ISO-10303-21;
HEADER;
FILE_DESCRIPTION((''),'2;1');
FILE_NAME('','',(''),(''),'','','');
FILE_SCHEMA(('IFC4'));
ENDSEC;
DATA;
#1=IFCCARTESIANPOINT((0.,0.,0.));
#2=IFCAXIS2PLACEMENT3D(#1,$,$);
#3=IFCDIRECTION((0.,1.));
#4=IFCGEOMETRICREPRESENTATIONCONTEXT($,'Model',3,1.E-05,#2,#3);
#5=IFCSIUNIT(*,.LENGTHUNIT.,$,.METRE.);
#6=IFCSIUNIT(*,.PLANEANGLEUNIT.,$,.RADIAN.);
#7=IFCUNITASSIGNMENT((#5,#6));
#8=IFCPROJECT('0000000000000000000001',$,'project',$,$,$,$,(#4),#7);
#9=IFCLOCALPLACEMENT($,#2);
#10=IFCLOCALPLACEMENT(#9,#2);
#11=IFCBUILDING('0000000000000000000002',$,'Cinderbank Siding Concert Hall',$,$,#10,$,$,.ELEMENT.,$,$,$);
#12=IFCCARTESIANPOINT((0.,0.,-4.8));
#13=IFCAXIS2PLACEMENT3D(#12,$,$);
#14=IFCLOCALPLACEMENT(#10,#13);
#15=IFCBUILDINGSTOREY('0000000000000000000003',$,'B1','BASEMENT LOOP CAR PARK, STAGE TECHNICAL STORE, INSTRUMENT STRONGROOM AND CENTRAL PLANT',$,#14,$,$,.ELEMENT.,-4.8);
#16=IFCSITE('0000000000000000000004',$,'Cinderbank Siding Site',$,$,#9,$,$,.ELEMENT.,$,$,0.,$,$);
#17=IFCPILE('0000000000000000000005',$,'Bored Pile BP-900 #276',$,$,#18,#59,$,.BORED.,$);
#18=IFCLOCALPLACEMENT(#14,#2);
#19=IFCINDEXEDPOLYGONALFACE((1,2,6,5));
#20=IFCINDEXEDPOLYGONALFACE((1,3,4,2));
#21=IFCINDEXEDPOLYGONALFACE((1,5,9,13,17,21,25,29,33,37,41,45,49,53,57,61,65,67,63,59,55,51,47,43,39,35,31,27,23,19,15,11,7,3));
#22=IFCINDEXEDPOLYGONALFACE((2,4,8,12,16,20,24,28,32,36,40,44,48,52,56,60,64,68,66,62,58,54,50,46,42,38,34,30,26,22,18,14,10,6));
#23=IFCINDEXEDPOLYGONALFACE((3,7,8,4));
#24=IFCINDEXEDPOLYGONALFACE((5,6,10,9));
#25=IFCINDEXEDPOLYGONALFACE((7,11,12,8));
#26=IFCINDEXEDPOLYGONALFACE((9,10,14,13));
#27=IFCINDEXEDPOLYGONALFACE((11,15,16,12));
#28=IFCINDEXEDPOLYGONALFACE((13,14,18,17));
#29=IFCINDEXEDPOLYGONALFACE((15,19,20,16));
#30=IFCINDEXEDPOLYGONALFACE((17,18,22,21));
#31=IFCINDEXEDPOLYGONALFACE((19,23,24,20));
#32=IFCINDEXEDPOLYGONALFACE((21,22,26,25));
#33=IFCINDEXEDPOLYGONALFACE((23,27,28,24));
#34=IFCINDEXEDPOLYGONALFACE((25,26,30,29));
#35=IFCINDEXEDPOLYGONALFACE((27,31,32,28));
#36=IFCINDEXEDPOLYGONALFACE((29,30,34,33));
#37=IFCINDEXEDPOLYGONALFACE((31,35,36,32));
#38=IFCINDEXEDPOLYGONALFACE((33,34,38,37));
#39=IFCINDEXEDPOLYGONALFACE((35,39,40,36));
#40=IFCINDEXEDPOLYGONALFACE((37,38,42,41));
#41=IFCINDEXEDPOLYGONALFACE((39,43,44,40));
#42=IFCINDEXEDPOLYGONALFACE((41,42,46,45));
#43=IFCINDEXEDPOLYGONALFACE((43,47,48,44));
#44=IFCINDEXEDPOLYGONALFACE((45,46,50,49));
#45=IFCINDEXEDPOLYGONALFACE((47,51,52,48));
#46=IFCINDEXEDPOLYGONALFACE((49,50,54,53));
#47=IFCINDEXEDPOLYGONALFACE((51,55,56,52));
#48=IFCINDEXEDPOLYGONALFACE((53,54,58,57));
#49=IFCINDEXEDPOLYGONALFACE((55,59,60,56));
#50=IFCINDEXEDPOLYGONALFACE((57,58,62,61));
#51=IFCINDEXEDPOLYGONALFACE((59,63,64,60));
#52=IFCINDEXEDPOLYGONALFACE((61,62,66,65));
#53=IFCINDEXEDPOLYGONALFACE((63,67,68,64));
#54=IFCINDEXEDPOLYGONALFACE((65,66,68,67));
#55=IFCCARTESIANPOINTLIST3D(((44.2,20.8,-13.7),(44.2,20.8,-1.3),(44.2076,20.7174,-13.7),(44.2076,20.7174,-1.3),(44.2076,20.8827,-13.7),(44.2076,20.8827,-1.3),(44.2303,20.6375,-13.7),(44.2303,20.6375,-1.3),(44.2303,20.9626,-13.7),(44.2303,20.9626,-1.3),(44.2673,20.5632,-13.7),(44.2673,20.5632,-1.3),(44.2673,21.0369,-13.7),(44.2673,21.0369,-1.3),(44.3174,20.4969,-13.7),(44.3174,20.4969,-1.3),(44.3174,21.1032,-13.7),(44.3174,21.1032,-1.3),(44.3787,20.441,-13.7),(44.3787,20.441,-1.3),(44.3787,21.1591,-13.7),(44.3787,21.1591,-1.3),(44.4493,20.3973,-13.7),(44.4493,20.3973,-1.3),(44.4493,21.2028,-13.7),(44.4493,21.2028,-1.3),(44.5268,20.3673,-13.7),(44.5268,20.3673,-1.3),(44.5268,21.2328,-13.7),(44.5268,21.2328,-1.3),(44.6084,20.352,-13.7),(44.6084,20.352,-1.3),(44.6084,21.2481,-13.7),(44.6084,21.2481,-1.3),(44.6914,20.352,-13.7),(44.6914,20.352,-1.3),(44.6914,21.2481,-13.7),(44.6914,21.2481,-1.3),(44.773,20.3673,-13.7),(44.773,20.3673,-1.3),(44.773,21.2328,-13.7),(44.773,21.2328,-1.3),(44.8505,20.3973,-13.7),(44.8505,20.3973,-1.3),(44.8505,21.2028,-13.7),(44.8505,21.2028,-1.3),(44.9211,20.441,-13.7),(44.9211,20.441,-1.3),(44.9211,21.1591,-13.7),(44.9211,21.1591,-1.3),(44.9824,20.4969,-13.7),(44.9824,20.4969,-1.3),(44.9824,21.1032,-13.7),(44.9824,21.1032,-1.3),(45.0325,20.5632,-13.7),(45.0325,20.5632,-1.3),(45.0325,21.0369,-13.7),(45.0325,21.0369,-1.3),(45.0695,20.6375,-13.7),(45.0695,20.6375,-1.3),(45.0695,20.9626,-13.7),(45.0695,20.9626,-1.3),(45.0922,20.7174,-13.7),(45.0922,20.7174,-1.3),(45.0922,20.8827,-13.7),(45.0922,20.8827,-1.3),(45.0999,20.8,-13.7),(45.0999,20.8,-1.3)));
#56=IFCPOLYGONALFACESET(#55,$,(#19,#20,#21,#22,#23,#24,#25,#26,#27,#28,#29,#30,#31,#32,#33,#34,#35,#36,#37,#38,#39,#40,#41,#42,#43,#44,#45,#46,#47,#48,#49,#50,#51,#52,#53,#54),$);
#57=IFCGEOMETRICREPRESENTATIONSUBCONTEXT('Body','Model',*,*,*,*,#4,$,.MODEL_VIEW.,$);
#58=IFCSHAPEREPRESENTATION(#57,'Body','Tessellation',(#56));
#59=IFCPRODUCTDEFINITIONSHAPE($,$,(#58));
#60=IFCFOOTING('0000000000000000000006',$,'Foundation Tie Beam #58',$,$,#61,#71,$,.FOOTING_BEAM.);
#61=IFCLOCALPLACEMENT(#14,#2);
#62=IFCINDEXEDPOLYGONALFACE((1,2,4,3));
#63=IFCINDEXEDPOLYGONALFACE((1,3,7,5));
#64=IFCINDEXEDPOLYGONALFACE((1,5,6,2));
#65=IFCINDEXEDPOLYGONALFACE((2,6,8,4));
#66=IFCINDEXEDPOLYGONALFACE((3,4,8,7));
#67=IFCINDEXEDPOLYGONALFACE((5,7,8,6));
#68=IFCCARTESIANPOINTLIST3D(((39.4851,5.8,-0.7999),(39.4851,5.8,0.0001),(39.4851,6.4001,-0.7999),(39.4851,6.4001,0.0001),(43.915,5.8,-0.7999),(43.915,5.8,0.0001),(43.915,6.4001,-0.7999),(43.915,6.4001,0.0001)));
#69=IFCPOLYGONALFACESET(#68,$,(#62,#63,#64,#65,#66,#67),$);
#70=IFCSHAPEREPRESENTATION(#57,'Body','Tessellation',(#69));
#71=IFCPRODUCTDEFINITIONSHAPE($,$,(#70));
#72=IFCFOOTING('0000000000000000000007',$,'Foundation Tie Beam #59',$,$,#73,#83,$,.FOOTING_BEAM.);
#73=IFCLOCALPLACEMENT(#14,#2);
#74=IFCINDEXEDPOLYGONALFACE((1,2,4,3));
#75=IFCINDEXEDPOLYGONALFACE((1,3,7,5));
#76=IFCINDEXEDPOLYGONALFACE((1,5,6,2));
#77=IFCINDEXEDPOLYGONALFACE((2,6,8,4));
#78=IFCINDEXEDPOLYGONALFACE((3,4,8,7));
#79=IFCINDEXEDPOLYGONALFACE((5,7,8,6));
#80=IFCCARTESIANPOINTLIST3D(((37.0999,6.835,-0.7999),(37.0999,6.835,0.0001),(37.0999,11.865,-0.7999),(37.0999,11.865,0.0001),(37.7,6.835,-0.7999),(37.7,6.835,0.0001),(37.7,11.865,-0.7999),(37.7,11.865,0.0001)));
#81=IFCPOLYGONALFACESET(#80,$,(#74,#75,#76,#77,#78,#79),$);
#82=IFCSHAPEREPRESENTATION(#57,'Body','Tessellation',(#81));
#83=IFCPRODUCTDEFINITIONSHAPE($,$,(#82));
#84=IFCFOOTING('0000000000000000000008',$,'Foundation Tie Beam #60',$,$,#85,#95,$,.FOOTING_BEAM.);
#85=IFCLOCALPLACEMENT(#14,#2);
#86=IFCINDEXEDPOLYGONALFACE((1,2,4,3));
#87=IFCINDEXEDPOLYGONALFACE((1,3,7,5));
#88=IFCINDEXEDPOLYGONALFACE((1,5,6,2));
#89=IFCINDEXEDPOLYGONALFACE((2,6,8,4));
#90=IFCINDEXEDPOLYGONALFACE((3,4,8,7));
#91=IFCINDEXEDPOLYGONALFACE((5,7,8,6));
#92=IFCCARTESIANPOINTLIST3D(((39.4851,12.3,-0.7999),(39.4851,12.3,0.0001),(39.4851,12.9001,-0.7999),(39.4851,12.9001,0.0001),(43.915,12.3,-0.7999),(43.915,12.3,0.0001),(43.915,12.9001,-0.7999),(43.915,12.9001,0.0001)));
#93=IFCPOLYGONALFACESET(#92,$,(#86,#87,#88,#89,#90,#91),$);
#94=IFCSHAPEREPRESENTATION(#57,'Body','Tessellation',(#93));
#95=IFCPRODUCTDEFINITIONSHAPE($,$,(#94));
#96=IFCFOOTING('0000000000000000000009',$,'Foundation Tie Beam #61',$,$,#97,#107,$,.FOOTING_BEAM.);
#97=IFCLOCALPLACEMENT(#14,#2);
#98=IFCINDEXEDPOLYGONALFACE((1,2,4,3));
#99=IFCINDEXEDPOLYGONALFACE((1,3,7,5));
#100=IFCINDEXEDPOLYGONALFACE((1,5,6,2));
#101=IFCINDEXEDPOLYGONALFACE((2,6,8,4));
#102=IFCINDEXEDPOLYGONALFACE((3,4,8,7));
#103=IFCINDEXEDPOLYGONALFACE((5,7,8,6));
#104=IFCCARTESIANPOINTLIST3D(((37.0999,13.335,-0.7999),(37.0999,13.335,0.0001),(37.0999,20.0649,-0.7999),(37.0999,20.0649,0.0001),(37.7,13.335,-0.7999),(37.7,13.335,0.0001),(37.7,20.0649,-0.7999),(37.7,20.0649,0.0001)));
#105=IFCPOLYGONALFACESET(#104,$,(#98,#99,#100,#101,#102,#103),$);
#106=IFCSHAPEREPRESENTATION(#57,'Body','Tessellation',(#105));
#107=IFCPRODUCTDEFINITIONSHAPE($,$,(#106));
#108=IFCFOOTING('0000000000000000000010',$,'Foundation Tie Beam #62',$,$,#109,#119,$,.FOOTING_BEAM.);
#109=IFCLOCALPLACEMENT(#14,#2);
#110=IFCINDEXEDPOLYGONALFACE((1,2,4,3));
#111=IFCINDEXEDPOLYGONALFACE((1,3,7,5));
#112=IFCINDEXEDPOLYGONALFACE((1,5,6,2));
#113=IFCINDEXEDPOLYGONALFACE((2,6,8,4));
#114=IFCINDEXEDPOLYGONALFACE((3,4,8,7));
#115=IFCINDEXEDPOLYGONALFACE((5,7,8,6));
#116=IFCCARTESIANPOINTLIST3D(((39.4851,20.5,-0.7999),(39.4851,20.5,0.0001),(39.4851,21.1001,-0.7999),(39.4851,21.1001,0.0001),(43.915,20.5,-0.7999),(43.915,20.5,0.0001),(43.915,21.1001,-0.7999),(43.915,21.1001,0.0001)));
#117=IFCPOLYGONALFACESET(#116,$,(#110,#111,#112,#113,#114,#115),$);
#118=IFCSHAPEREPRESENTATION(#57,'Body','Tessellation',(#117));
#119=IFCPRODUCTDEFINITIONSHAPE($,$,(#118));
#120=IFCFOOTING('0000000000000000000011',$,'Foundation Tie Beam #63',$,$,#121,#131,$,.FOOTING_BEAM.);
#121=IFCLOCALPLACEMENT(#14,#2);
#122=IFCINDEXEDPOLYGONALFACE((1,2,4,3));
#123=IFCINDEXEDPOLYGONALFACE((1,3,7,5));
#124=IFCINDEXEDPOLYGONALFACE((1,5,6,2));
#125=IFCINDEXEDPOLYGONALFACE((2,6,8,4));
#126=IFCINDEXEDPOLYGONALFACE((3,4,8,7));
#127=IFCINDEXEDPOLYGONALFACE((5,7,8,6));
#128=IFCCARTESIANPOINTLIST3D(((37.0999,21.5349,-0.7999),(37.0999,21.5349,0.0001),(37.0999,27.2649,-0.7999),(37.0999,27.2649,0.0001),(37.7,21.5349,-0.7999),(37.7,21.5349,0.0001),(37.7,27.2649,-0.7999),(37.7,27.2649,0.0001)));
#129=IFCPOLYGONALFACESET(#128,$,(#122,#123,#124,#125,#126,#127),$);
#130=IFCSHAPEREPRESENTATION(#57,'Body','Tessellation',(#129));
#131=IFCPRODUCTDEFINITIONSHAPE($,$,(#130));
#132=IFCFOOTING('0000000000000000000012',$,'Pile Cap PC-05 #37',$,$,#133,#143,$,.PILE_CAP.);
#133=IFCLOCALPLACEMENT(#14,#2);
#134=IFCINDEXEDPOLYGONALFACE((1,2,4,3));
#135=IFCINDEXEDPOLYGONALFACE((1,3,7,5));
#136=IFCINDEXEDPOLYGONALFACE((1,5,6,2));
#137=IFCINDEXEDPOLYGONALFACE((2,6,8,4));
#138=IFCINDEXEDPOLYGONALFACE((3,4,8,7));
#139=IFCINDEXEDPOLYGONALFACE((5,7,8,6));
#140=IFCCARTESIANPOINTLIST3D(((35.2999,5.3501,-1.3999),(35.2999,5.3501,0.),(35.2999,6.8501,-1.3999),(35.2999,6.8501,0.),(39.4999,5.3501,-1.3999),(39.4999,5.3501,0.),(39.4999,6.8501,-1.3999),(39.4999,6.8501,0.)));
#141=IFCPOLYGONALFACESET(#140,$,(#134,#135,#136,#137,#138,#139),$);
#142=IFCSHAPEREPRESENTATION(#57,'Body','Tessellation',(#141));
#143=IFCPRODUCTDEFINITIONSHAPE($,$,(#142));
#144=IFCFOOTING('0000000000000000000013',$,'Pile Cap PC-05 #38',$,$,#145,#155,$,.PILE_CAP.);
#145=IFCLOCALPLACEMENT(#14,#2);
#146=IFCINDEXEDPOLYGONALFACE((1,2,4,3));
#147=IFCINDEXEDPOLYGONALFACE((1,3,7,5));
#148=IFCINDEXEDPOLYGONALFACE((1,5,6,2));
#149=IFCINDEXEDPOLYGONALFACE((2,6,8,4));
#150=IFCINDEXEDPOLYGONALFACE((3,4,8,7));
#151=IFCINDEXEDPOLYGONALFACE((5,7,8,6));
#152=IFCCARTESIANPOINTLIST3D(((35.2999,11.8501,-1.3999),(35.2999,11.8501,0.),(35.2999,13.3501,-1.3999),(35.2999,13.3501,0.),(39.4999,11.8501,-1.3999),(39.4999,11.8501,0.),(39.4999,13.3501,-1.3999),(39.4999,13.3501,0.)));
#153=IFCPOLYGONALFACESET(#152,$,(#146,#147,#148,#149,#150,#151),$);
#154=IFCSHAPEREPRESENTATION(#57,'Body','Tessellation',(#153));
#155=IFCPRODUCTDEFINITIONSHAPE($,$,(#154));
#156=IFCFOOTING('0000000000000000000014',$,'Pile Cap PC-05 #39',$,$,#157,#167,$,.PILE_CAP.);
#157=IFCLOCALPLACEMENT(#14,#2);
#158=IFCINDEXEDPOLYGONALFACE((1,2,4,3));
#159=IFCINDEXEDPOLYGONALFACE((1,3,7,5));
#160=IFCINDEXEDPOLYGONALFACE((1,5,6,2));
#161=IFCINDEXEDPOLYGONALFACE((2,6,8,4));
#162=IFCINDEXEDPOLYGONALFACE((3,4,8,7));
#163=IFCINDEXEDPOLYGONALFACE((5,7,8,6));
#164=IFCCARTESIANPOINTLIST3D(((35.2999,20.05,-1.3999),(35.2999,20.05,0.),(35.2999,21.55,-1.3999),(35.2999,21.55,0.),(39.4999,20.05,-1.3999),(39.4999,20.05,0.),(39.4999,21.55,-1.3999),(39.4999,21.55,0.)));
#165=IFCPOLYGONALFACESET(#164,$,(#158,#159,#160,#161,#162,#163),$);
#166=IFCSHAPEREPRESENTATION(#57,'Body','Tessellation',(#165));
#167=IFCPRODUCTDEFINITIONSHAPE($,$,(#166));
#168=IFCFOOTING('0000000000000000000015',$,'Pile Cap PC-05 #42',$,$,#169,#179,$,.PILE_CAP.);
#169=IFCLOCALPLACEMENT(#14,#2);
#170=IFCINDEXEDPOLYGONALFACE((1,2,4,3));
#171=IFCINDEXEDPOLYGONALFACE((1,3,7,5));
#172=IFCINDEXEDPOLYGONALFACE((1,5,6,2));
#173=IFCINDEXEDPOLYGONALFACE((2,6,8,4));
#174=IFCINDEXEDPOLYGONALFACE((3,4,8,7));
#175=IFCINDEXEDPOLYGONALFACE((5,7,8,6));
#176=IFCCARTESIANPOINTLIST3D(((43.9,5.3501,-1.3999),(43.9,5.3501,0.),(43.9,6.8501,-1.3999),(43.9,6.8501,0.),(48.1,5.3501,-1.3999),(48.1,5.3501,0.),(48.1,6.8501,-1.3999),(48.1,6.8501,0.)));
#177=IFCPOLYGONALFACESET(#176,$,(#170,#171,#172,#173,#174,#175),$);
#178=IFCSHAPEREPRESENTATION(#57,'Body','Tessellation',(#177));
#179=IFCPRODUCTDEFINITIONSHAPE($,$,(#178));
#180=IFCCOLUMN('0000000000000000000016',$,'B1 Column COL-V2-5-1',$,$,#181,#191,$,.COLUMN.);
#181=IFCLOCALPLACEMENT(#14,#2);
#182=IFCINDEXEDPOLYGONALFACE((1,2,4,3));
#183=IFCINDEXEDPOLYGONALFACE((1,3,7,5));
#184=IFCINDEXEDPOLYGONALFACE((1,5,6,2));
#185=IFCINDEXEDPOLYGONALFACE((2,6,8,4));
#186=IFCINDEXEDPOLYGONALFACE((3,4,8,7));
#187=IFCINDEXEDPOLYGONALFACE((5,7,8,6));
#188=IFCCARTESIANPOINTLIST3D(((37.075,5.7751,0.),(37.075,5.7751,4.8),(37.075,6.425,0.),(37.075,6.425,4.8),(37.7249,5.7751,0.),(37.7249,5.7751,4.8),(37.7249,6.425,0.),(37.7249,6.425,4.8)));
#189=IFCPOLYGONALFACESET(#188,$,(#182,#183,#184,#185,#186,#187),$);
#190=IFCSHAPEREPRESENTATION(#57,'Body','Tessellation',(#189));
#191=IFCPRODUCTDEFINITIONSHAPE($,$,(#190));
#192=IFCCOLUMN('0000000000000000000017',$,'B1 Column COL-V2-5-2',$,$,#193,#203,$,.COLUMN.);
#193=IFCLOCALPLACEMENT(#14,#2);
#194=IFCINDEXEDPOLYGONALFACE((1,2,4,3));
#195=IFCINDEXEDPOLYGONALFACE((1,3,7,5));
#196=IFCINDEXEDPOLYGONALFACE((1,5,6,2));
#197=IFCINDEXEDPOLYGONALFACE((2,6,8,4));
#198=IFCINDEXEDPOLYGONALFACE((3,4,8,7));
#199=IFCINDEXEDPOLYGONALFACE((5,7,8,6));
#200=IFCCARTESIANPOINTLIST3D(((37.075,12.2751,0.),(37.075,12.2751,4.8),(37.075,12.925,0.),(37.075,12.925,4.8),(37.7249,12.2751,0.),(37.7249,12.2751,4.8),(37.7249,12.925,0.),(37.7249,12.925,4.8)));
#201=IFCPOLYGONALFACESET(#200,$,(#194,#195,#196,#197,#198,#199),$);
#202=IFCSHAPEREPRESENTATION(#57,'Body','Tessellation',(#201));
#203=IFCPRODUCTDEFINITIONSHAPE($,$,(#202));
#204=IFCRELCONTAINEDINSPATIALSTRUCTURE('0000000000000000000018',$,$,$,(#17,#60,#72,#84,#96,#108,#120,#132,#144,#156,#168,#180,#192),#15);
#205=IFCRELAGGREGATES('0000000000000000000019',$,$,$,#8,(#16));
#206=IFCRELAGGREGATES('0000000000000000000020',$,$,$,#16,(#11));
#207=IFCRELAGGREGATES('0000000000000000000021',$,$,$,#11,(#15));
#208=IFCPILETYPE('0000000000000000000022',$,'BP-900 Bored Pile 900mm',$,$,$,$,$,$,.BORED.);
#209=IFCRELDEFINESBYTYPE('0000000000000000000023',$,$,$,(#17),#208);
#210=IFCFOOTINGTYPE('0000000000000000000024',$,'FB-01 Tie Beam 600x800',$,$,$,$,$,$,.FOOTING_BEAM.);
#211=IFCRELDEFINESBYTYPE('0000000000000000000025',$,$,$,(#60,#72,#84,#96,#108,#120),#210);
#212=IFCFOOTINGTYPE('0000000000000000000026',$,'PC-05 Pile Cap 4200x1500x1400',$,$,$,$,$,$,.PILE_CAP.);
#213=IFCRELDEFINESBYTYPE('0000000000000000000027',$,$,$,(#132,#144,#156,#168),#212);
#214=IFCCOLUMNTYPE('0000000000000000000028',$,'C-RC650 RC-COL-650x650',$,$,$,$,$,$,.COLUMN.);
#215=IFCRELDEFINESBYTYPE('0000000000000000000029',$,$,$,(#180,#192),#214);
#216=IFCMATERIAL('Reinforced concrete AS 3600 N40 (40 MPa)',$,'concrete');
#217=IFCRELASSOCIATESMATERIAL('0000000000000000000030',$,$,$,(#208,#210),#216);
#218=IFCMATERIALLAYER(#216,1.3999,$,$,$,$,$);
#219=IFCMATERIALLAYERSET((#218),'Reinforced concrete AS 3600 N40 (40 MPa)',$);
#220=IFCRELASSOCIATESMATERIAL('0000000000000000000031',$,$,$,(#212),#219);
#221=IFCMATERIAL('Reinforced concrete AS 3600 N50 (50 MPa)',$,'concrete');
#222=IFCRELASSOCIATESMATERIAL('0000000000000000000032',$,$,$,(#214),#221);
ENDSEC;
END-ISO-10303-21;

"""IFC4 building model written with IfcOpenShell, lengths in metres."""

from ifc_helpers import new_model, si_unit, direction, frame, origin, origin_2d, place, context, subcontext, project, spatial, rectangle, circle, extrude, material, layer, layer_set, material_profile, profile_set, type_object, element, save


model = new_model("IFC4")

# Units and contexts
model_context = context("Model", 3, precision=1e-05, world=origin(), true_north=direction((0.0, 1.0)))
body_context = subcontext(model_context, "Body", "Model", "MODEL_VIEW")
ifc_project = project(units=[si_unit("LENGTHUNIT", "METRE"), si_unit("PLANEANGLEUNIT", "RADIAN")], contexts=[model_context])

# Site, building, storey
site_placement = place(None, origin())
site = spatial("IfcSite", under=ifc_project, at=site_placement, Name="Cinderbank Siding Site", CompositionType="ELEMENT", RefElevation=0.0)
building_placement = place(site_placement, origin())
building = spatial("IfcBuilding", under=site, at=building_placement, Name="Cinderbank Siding Concert Hall", CompositionType="ELEMENT")
storey_placement = place(building_placement, frame((0.0, 0.0, -4.8)))
storey = spatial("IfcBuildingStorey", under=building, at=storey_placement, Name="B1", Description="BASEMENT LOOP CAR PARK, STAGE TECHNICAL STORE, INSTRUMENT STRONGROOM AND CENTRAL PLANT", CompositionType="ELEMENT", Elevation=-4.8)

# Pile
ifc_material_1 = material(Name="Reinforced concrete AS 3600 N40 (40 MPa)", Category="concrete")
ifc_material_profile_1 = material_profile(ifc_material_1, circle(Radius=0.45, at=origin_2d()), Name="PILE-900DIA", Category="LoadBearing")
ifc_profile_set_1 = profile_set([ifc_material_profile_1], Name="Reinforced concrete AS 3600 N40 (40 MPa)")
pile_type = type_object("IfcPileType", Name="BP-900 Bored Pile 900mm", PredefinedType="BORED", material=ifc_profile_set_1)
for number, where, z_axis, x_axis, name in (
    (1, (44.6499, 20.8, -1.3), (0.0, 0.0, -1.0), (1.0, 0.0, 0.0), "Bored Pile BP-900 #276"),
):
    element("IfcPile", number, at=place(storey_placement, frame(where, z_axis=z_axis, x_axis=x_axis)), inside=storey, type_object=pile_type, Name=name, PredefinedType="BORED", context=body_context, shape_type="SweptSolid", body=[
        extrude(circle(Radius=0.45, at=origin_2d()), origin(), (0.0, 0.0, 1.0), 12.3999),
    ])

# Footings
ifc_material_profile_2 = material_profile(ifc_material_1, rectangle(XDim=0.6001, YDim=0.8, at=origin_2d()), Name="RC-FB-600x800", Category="LoadBearing")
ifc_profile_set_2 = profile_set([ifc_material_profile_2], Name="Reinforced concrete AS 3600 N40 (40 MPa)")
footing_type_1 = type_object("IfcFootingType", Name="FB-01 Tie Beam 600x800", PredefinedType="FOOTING_BEAM", material=ifc_profile_set_2)
footing_1_placement = place(storey_placement, frame((39.4851, 6.1001, -0.3999), z_axis=(1.0, 0.0, 0.0), x_axis=(0.0, 1.0, 0.0)))
element("IfcFooting", 2, at=footing_1_placement, inside=storey, type_object=footing_type_1, Name="Foundation Tie Beam #58", PredefinedType="FOOTING_BEAM", context=body_context, shape_type="SweptSolid", body=[
    extrude(rectangle(XDim=0.6001, YDim=0.8, at=origin_2d()), origin(), (0.0, 0.0, 1.0), 4.4299),
])
footing_2_placement = place(storey_placement, frame((37.3999, 6.835, -0.3999), z_axis=(0.0, 1.0, 0.0), x_axis=(-1.0, 0.0, 0.0)))
element("IfcFooting", 3, at=footing_2_placement, inside=storey, type_object=footing_type_1, Name="Foundation Tie Beam #59", PredefinedType="FOOTING_BEAM", context=body_context, shape_type="SweptSolid", body=[
    extrude(rectangle(XDim=0.6001, YDim=0.8, at=origin_2d()), origin(), (0.0, 0.0, 1.0), 5.03),
])
footing_3_placement = place(storey_placement, frame((39.4851, 12.6001, -0.3999), z_axis=(1.0, 0.0, 0.0), x_axis=(0.0, 1.0, 0.0)))
element("IfcFooting", 4, at=footing_3_placement, inside=storey, type_object=footing_type_1, Name="Foundation Tie Beam #60", PredefinedType="FOOTING_BEAM", context=body_context, shape_type="SweptSolid", body=[
    extrude(rectangle(XDim=0.6001, YDim=0.8, at=origin_2d()), origin(), (0.0, 0.0, 1.0), 4.4299),
])
footing_4_placement = place(storey_placement, frame((37.3999, 13.335, -0.3999), z_axis=(0.0, 1.0, 0.0), x_axis=(-1.0, 0.0, 0.0)))
element("IfcFooting", 5, at=footing_4_placement, inside=storey, type_object=footing_type_1, Name="Foundation Tie Beam #61", PredefinedType="FOOTING_BEAM", context=body_context, shape_type="SweptSolid", body=[
    extrude(rectangle(XDim=0.6001, YDim=0.8, at=origin_2d()), origin(), (0.0, 0.0, 1.0), 6.73),
])
footing_5_placement = place(storey_placement, frame((39.4851, 20.8, -0.3999), z_axis=(1.0, 0.0, 0.0), x_axis=(0.0, 1.0, 0.0)))
element("IfcFooting", 6, at=footing_5_placement, inside=storey, type_object=footing_type_1, Name="Foundation Tie Beam #62", PredefinedType="FOOTING_BEAM", context=body_context, shape_type="SweptSolid", body=[
    extrude(rectangle(XDim=0.6001, YDim=0.8, at=origin_2d()), origin(), (0.0, 0.0, 1.0), 4.4299),
])
footing_6_placement = place(storey_placement, frame((37.3999, 21.5349, -0.3999), z_axis=(0.0, 1.0, 0.0), x_axis=(-1.0, 0.0, 0.0)))
element("IfcFooting", 7, at=footing_6_placement, inside=storey, type_object=footing_type_1, Name="Foundation Tie Beam #63", PredefinedType="FOOTING_BEAM", context=body_context, shape_type="SweptSolid", body=[
    extrude(rectangle(XDim=0.6001, YDim=0.8, at=origin_2d()), origin(), (0.0, 0.0, 1.0), 5.73),
])
ifc_layer = layer(ifc_material_1, 1.3999)
ifc_layer_set = layer_set([ifc_layer], Name="Reinforced concrete AS 3600 N40 (40 MPa)")
footing_type_2 = type_object("IfcFootingType", Name="PC-05 Pile Cap 4200x1500x1400", PredefinedType="PILE_CAP", material=ifc_layer_set)
for number, where, z_axis, x_axis, name in (
    (8, (37.3999, 6.1001, -1.3999), (0.0, 0.0, 1.0), (1.0, 0.0, 0.0), "Pile Cap PC-05 #37"),
    (9, (37.3999, 12.6001, -1.3999), (0.0, 0.0, 1.0), (1.0, 0.0, 0.0), "Pile Cap PC-05 #38"),
    (10, (37.3999, 20.8, -1.3999), (0.0, 0.0, 1.0), (1.0, 0.0, 0.0), "Pile Cap PC-05 #39"),
    (11, (46.0, 6.1001, -1.3999), (0.0, 0.0, 1.0), (1.0, 0.0, 0.0), "Pile Cap PC-05 #42"),
):
    element("IfcFooting", number, at=place(storey_placement, frame(where, z_axis=z_axis, x_axis=x_axis)), inside=storey, type_object=footing_type_2, Name=name, PredefinedType="PILE_CAP", context=body_context, shape_type="SweptSolid", body=[
        extrude(rectangle(XDim=4.2, YDim=1.5, at=origin_2d()), origin(), (0.0, 0.0, 1.0), 1.3999),
    ])

# Columns
ifc_material_2 = material(Name="Reinforced concrete AS 3600 N50 (50 MPa)", Category="concrete")
ifc_material_profile_3 = material_profile(ifc_material_2, rectangle(XDim=0.6499, YDim=0.6499, at=origin_2d()), Name="RC-COL-650x650", Category="LoadBearing")
ifc_profile_set_3 = profile_set([ifc_material_profile_3], Name="Reinforced concrete AS 3600 N50 (50 MPa)")
column_type_1 = type_object("IfcColumnType", Name="C-RC650 RC-COL-650x650", PredefinedType="COLUMN", material=ifc_profile_set_3)
for number, where, z_axis, x_axis, name in (
    (12, (37.3999, 6.1001, 0.0), (0.0, 0.0, 1.0), (1.0, 0.0, 0.0), "B1 Column COL-V2-5-1"),
    (13, (37.3999, 12.6001, 0.0), (0.0, 0.0, 1.0), (1.0, 0.0, 0.0), "B1 Column COL-V2-5-2"),
):
    element("IfcColumn", number, at=place(storey_placement, frame(where, z_axis=z_axis, x_axis=x_axis)), inside=storey, type_object=column_type_1, Name=name, PredefinedType="COLUMN", context=body_context, shape_type="SweptSolid", body=[
        extrude(rectangle(XDim=0.6499, YDim=0.6499, at=origin_2d()), origin(), (0.0, 0.0, 1.0), 4.8),
    ])

save(model, "model.ifc")
